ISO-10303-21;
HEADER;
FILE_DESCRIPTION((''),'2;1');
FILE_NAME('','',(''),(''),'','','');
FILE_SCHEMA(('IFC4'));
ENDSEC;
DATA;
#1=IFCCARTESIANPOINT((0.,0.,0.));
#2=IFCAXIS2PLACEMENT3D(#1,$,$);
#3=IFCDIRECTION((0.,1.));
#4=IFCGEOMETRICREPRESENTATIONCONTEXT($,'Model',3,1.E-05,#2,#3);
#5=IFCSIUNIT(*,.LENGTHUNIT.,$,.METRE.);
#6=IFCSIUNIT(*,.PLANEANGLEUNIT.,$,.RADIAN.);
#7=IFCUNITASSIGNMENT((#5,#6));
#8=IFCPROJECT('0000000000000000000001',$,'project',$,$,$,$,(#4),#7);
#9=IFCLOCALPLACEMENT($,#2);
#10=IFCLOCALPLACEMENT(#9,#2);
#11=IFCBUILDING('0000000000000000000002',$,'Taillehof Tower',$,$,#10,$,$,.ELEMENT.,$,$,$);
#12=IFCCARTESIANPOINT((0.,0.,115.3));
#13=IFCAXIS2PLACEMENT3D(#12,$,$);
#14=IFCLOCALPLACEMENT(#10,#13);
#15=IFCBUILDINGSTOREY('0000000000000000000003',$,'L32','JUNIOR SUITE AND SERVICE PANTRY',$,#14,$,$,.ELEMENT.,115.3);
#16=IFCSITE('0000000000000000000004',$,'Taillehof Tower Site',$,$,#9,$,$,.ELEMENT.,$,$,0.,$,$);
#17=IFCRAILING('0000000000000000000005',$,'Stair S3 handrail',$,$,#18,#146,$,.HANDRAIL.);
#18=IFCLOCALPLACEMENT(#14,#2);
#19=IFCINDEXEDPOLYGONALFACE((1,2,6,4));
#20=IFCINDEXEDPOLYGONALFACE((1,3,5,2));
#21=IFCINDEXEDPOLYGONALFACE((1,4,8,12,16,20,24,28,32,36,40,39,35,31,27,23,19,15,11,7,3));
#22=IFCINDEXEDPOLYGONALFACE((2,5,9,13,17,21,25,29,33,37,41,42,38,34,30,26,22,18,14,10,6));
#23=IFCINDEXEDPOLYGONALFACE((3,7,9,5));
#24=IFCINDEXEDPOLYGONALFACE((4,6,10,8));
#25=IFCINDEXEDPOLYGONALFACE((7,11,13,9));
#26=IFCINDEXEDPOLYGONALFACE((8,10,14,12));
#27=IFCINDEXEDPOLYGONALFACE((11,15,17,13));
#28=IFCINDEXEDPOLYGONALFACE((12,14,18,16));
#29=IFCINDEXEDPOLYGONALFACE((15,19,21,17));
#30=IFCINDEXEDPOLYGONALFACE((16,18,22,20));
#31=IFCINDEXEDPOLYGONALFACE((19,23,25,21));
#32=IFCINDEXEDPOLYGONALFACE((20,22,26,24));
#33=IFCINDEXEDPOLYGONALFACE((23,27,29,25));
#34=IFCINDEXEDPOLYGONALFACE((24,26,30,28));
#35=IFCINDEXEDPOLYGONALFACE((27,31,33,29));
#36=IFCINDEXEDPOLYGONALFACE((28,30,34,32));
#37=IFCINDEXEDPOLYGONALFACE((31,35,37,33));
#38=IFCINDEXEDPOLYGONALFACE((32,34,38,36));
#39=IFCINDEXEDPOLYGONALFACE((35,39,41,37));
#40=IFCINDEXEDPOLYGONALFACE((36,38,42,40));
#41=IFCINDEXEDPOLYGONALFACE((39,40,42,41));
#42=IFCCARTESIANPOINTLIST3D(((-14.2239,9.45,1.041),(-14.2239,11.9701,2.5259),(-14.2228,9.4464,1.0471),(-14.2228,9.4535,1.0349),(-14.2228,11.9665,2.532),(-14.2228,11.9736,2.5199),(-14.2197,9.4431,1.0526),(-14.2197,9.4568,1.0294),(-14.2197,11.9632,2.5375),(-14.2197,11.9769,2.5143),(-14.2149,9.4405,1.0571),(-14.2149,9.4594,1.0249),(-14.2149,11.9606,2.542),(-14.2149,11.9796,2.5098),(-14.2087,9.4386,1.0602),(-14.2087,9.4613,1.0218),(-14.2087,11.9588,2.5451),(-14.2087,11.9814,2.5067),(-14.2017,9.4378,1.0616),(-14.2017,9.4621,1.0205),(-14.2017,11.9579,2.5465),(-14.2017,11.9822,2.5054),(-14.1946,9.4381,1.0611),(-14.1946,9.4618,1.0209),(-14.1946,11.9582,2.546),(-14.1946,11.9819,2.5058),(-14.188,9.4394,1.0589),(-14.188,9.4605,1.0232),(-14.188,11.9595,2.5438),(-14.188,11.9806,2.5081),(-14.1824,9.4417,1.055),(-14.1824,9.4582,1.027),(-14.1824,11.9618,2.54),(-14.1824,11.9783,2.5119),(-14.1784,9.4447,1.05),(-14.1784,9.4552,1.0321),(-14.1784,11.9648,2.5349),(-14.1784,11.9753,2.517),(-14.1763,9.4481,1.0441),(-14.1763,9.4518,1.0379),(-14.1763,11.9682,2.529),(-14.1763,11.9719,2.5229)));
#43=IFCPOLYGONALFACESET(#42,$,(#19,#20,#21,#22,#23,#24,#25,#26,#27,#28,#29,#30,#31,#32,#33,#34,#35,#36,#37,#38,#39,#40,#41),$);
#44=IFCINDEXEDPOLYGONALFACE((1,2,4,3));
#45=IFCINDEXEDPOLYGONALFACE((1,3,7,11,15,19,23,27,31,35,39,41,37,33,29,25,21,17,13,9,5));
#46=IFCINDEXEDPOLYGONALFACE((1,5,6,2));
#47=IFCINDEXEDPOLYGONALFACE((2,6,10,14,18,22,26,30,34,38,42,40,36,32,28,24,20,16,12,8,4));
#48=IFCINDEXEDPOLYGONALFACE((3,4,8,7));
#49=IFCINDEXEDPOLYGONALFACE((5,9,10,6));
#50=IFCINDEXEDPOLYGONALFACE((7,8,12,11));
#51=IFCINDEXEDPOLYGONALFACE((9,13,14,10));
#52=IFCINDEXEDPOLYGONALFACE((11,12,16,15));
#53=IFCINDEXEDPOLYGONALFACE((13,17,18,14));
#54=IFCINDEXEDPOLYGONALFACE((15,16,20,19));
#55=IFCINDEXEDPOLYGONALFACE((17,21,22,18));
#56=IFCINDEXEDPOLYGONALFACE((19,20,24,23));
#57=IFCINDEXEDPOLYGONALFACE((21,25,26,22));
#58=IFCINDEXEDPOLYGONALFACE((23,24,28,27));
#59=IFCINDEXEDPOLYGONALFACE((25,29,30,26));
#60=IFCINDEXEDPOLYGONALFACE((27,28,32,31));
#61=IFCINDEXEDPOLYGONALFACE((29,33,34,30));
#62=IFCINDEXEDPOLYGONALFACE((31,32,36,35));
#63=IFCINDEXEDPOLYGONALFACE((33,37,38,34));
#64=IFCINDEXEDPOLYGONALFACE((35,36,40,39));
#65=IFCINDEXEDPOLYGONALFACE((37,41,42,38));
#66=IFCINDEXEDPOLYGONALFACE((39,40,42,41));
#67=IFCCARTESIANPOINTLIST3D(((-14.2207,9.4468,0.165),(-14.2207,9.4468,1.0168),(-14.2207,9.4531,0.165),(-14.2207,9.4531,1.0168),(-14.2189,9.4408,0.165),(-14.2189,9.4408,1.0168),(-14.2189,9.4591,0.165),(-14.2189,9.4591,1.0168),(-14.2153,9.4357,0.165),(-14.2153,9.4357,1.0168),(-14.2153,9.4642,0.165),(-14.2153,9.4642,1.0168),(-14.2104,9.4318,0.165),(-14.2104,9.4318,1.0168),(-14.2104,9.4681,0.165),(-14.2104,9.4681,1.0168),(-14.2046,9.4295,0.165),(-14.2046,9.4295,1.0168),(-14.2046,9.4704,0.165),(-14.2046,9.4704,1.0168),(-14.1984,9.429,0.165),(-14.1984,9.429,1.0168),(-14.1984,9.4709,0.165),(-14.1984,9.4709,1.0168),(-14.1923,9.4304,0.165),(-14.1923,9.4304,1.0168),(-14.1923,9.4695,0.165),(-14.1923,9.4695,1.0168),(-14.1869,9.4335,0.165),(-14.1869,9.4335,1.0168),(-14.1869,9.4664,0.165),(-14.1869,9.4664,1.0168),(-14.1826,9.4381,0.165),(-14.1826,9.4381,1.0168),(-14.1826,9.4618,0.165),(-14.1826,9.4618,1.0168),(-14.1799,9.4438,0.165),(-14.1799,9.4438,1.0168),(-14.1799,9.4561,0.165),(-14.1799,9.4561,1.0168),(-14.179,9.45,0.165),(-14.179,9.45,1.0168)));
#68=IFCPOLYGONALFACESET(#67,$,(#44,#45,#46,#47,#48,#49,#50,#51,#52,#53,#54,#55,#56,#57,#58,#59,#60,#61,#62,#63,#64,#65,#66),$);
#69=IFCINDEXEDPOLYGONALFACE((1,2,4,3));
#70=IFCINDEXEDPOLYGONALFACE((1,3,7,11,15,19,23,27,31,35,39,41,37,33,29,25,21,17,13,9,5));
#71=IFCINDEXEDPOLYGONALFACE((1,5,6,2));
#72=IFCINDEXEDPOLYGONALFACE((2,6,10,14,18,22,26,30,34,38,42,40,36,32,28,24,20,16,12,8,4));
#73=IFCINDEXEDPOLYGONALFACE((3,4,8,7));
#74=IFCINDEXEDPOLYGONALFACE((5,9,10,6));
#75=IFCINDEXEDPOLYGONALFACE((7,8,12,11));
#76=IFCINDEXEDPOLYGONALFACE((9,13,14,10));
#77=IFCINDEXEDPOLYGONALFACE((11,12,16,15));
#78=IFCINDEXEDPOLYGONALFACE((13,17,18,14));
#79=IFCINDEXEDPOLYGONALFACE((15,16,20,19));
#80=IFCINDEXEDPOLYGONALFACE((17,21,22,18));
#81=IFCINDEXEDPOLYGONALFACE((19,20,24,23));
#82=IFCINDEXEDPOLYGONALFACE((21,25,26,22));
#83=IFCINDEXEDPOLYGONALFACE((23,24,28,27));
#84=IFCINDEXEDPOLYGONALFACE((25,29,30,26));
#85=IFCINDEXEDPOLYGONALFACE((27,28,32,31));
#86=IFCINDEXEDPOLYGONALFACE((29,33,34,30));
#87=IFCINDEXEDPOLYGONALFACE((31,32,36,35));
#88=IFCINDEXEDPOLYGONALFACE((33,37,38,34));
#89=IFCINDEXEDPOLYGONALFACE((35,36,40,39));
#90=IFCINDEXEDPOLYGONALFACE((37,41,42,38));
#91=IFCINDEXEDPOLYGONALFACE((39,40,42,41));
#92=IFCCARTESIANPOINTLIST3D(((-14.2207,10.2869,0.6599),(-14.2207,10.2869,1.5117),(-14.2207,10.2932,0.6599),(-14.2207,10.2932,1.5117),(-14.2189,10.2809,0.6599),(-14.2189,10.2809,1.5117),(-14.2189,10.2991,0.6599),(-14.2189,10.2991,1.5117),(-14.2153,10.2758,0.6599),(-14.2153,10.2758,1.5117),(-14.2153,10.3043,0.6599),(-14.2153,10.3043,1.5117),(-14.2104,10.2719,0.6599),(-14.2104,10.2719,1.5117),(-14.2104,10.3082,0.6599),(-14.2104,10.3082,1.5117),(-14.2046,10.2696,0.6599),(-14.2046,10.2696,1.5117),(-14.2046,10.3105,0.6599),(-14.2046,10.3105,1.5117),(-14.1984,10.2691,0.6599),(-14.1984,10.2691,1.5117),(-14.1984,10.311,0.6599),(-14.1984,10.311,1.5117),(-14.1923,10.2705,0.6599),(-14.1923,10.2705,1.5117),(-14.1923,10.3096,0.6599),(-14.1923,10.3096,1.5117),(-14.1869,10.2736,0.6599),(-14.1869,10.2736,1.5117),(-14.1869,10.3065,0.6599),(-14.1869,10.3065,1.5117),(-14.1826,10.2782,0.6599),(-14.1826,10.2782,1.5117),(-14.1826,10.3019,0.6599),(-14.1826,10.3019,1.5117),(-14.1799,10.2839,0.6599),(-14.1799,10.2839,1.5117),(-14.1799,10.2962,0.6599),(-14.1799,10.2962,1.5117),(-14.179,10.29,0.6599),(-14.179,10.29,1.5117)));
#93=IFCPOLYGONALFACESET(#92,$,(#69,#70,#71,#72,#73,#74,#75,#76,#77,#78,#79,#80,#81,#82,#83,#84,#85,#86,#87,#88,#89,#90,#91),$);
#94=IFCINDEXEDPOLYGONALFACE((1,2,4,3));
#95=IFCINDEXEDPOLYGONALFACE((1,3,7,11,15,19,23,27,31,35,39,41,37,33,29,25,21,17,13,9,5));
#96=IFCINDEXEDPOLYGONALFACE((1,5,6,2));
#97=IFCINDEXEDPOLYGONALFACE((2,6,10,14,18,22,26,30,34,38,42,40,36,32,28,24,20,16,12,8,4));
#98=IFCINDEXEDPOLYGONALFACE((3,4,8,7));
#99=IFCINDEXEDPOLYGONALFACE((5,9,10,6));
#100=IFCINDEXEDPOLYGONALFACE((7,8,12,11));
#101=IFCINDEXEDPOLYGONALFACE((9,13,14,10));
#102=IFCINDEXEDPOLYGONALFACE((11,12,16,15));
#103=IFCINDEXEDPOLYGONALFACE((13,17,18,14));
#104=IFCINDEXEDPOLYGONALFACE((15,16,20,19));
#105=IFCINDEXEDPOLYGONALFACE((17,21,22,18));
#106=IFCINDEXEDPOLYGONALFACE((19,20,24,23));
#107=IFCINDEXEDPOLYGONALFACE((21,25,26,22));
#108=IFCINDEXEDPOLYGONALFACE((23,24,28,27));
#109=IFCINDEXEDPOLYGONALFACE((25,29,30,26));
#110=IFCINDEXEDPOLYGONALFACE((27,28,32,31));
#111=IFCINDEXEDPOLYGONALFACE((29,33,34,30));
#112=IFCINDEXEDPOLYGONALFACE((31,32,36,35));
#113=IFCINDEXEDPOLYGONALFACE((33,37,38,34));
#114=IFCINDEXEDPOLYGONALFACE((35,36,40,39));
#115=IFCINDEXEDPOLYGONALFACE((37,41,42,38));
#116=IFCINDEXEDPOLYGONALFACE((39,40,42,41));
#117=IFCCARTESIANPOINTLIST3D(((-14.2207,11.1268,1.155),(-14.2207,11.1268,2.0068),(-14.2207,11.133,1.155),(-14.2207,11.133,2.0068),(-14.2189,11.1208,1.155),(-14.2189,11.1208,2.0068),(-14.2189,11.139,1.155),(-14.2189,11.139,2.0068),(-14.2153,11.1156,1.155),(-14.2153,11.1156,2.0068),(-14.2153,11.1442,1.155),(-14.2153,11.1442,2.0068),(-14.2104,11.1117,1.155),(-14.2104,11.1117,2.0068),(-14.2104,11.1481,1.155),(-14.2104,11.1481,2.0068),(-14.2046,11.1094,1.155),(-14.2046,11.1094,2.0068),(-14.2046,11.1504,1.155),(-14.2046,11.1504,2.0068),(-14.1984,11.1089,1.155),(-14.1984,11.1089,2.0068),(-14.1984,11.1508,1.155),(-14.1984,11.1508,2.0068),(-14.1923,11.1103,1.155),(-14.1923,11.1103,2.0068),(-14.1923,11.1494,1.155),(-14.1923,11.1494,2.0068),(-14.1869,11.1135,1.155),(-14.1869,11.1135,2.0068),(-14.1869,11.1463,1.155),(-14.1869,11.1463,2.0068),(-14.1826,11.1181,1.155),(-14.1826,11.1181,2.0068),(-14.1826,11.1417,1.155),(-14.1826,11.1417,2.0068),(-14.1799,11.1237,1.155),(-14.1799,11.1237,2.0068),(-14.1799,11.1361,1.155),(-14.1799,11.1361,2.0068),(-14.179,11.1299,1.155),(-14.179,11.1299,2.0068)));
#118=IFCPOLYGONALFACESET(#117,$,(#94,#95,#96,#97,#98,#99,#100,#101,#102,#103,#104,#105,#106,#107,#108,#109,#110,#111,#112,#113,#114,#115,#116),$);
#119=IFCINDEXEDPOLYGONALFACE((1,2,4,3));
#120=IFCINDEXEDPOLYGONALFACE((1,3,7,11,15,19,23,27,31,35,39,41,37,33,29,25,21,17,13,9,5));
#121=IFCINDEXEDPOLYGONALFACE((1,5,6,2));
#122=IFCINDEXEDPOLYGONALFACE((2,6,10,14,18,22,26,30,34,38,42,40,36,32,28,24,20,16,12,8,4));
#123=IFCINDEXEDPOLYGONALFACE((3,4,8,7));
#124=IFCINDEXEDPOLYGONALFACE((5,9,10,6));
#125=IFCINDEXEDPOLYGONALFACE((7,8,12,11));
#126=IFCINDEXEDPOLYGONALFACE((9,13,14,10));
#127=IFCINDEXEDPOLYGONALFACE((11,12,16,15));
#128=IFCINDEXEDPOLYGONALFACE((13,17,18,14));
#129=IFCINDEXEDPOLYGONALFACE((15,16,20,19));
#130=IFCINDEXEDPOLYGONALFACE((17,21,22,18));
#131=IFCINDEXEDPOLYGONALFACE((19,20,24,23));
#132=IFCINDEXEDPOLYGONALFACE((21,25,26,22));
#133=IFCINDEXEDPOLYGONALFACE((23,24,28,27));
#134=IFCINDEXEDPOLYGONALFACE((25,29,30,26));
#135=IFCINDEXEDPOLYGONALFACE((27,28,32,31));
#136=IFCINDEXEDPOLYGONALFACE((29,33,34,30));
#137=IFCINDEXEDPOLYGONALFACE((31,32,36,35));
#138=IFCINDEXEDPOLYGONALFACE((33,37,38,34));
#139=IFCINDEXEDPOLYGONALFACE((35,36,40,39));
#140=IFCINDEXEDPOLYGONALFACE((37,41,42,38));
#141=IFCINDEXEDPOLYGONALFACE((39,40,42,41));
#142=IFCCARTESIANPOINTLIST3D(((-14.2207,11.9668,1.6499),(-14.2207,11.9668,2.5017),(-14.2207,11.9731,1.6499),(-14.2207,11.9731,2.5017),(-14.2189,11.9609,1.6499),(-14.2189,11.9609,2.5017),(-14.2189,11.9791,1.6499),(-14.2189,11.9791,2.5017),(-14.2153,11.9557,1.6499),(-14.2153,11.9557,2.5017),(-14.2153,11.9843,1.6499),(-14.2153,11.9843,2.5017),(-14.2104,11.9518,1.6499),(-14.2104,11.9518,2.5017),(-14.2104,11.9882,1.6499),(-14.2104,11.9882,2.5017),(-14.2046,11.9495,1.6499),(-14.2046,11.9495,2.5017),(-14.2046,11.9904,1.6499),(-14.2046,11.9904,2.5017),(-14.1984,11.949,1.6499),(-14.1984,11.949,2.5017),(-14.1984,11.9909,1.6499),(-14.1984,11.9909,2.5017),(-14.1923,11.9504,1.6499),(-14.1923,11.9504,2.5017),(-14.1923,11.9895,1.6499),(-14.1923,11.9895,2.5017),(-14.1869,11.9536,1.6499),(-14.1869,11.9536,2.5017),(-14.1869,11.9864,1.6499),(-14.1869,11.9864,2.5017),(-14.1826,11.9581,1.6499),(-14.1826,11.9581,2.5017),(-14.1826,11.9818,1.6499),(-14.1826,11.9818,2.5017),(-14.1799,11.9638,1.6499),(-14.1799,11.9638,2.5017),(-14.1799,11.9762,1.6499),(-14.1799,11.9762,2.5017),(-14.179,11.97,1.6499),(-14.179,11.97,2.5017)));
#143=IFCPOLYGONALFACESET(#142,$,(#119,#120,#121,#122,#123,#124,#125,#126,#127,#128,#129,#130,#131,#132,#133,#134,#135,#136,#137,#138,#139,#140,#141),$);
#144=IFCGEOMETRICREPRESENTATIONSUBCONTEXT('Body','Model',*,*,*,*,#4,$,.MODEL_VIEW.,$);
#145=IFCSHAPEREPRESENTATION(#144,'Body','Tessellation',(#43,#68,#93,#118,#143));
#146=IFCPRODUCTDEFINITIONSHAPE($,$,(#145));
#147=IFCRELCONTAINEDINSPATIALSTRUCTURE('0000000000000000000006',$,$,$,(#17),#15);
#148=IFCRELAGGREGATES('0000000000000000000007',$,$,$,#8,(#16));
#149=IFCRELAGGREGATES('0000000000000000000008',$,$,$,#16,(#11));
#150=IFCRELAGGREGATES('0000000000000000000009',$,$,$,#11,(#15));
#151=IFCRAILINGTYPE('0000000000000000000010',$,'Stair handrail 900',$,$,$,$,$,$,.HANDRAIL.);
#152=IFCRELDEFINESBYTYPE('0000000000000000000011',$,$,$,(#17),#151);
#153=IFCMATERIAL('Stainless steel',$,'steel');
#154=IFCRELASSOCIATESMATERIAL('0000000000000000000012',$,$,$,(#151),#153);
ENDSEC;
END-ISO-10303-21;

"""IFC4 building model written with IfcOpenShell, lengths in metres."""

from ifc_helpers import new_model, si_unit, direction, frame, origin, origin_2d, place, context, subcontext, project, spatial, circle, extrude, material, type_object, element, save


model = new_model("IFC4")

# Units and contexts
model_context = context("Model", 3, precision=1e-05, world=origin(), true_north=direction((0.0, 1.0)))
body_context = subcontext(model_context, "Body", "Model", "MODEL_VIEW")
ifc_project = project(units=[si_unit("LENGTHUNIT", "METRE"), si_unit("PLANEANGLEUNIT", "RADIAN")], contexts=[model_context])

# Site, building, storey
site_placement = place(None, origin())
site = spatial("IfcSite", under=ifc_project, at=site_placement, Name="Taillehof Tower Site", CompositionType="ELEMENT", RefElevation=0.0)
building_placement = place(site_placement, origin())
building = spatial("IfcBuilding", under=site, at=building_placement, Name="Taillehof Tower", CompositionType="ELEMENT")
storey_placement = place(building_placement, frame((0.0, 0.0, 115.3)))
storey = spatial("IfcBuildingStorey", under=building, at=storey_placement, Name="L32", Description="JUNIOR SUITE AND SERVICE PANTRY", CompositionType="ELEMENT", Elevation=115.3)

# Railing
ifc_material_1 = material(Name="Stainless steel", Category="steel")
railing_type_1 = type_object("IfcRailingType", Name="Stair handrail 900", PredefinedType="HANDRAIL", material=ifc_material_1)
railing_1_placement = place(storey_placement, frame((-14.2, 9.45, 0.165)))
element("IfcRailing", 1, at=railing_1_placement, inside=storey, type_object=railing_type_1, Name="Stair S3 handrail", PredefinedType="HANDRAIL", context=body_context, shape_type="SweptSolid", body=[
    extrude(circle(Radius=0.0239, at=origin_2d()), frame((0.0, 0.0, 0.876), z_axis=(0.0, 0.861561, 0.507655), x_axis=(-1.0, 0.0, 0.0)), (0.0, 0.0, 1.0), 2.925),
    extrude(circle(Radius=0.021, at=origin_2d()), origin(), (0.0, 0.0, 1.0), 0.8518),
    extrude(circle(Radius=0.021, at=origin_2d()), frame((0.0, 0.8401, 0.4949)), (0.0, 0.0, 1.0), 0.8518),
    extrude(circle(Radius=0.021, at=origin_2d()), frame((0.0, 1.6799, 0.99)), (0.0, 0.0, 1.0), 0.8518),
    extrude(circle(Radius=0.021, at=origin_2d()), frame((0.0, 2.52, 1.4849)), (0.0, 0.0, 1.0), 0.8518),
])

save(model, "model.ifc")
